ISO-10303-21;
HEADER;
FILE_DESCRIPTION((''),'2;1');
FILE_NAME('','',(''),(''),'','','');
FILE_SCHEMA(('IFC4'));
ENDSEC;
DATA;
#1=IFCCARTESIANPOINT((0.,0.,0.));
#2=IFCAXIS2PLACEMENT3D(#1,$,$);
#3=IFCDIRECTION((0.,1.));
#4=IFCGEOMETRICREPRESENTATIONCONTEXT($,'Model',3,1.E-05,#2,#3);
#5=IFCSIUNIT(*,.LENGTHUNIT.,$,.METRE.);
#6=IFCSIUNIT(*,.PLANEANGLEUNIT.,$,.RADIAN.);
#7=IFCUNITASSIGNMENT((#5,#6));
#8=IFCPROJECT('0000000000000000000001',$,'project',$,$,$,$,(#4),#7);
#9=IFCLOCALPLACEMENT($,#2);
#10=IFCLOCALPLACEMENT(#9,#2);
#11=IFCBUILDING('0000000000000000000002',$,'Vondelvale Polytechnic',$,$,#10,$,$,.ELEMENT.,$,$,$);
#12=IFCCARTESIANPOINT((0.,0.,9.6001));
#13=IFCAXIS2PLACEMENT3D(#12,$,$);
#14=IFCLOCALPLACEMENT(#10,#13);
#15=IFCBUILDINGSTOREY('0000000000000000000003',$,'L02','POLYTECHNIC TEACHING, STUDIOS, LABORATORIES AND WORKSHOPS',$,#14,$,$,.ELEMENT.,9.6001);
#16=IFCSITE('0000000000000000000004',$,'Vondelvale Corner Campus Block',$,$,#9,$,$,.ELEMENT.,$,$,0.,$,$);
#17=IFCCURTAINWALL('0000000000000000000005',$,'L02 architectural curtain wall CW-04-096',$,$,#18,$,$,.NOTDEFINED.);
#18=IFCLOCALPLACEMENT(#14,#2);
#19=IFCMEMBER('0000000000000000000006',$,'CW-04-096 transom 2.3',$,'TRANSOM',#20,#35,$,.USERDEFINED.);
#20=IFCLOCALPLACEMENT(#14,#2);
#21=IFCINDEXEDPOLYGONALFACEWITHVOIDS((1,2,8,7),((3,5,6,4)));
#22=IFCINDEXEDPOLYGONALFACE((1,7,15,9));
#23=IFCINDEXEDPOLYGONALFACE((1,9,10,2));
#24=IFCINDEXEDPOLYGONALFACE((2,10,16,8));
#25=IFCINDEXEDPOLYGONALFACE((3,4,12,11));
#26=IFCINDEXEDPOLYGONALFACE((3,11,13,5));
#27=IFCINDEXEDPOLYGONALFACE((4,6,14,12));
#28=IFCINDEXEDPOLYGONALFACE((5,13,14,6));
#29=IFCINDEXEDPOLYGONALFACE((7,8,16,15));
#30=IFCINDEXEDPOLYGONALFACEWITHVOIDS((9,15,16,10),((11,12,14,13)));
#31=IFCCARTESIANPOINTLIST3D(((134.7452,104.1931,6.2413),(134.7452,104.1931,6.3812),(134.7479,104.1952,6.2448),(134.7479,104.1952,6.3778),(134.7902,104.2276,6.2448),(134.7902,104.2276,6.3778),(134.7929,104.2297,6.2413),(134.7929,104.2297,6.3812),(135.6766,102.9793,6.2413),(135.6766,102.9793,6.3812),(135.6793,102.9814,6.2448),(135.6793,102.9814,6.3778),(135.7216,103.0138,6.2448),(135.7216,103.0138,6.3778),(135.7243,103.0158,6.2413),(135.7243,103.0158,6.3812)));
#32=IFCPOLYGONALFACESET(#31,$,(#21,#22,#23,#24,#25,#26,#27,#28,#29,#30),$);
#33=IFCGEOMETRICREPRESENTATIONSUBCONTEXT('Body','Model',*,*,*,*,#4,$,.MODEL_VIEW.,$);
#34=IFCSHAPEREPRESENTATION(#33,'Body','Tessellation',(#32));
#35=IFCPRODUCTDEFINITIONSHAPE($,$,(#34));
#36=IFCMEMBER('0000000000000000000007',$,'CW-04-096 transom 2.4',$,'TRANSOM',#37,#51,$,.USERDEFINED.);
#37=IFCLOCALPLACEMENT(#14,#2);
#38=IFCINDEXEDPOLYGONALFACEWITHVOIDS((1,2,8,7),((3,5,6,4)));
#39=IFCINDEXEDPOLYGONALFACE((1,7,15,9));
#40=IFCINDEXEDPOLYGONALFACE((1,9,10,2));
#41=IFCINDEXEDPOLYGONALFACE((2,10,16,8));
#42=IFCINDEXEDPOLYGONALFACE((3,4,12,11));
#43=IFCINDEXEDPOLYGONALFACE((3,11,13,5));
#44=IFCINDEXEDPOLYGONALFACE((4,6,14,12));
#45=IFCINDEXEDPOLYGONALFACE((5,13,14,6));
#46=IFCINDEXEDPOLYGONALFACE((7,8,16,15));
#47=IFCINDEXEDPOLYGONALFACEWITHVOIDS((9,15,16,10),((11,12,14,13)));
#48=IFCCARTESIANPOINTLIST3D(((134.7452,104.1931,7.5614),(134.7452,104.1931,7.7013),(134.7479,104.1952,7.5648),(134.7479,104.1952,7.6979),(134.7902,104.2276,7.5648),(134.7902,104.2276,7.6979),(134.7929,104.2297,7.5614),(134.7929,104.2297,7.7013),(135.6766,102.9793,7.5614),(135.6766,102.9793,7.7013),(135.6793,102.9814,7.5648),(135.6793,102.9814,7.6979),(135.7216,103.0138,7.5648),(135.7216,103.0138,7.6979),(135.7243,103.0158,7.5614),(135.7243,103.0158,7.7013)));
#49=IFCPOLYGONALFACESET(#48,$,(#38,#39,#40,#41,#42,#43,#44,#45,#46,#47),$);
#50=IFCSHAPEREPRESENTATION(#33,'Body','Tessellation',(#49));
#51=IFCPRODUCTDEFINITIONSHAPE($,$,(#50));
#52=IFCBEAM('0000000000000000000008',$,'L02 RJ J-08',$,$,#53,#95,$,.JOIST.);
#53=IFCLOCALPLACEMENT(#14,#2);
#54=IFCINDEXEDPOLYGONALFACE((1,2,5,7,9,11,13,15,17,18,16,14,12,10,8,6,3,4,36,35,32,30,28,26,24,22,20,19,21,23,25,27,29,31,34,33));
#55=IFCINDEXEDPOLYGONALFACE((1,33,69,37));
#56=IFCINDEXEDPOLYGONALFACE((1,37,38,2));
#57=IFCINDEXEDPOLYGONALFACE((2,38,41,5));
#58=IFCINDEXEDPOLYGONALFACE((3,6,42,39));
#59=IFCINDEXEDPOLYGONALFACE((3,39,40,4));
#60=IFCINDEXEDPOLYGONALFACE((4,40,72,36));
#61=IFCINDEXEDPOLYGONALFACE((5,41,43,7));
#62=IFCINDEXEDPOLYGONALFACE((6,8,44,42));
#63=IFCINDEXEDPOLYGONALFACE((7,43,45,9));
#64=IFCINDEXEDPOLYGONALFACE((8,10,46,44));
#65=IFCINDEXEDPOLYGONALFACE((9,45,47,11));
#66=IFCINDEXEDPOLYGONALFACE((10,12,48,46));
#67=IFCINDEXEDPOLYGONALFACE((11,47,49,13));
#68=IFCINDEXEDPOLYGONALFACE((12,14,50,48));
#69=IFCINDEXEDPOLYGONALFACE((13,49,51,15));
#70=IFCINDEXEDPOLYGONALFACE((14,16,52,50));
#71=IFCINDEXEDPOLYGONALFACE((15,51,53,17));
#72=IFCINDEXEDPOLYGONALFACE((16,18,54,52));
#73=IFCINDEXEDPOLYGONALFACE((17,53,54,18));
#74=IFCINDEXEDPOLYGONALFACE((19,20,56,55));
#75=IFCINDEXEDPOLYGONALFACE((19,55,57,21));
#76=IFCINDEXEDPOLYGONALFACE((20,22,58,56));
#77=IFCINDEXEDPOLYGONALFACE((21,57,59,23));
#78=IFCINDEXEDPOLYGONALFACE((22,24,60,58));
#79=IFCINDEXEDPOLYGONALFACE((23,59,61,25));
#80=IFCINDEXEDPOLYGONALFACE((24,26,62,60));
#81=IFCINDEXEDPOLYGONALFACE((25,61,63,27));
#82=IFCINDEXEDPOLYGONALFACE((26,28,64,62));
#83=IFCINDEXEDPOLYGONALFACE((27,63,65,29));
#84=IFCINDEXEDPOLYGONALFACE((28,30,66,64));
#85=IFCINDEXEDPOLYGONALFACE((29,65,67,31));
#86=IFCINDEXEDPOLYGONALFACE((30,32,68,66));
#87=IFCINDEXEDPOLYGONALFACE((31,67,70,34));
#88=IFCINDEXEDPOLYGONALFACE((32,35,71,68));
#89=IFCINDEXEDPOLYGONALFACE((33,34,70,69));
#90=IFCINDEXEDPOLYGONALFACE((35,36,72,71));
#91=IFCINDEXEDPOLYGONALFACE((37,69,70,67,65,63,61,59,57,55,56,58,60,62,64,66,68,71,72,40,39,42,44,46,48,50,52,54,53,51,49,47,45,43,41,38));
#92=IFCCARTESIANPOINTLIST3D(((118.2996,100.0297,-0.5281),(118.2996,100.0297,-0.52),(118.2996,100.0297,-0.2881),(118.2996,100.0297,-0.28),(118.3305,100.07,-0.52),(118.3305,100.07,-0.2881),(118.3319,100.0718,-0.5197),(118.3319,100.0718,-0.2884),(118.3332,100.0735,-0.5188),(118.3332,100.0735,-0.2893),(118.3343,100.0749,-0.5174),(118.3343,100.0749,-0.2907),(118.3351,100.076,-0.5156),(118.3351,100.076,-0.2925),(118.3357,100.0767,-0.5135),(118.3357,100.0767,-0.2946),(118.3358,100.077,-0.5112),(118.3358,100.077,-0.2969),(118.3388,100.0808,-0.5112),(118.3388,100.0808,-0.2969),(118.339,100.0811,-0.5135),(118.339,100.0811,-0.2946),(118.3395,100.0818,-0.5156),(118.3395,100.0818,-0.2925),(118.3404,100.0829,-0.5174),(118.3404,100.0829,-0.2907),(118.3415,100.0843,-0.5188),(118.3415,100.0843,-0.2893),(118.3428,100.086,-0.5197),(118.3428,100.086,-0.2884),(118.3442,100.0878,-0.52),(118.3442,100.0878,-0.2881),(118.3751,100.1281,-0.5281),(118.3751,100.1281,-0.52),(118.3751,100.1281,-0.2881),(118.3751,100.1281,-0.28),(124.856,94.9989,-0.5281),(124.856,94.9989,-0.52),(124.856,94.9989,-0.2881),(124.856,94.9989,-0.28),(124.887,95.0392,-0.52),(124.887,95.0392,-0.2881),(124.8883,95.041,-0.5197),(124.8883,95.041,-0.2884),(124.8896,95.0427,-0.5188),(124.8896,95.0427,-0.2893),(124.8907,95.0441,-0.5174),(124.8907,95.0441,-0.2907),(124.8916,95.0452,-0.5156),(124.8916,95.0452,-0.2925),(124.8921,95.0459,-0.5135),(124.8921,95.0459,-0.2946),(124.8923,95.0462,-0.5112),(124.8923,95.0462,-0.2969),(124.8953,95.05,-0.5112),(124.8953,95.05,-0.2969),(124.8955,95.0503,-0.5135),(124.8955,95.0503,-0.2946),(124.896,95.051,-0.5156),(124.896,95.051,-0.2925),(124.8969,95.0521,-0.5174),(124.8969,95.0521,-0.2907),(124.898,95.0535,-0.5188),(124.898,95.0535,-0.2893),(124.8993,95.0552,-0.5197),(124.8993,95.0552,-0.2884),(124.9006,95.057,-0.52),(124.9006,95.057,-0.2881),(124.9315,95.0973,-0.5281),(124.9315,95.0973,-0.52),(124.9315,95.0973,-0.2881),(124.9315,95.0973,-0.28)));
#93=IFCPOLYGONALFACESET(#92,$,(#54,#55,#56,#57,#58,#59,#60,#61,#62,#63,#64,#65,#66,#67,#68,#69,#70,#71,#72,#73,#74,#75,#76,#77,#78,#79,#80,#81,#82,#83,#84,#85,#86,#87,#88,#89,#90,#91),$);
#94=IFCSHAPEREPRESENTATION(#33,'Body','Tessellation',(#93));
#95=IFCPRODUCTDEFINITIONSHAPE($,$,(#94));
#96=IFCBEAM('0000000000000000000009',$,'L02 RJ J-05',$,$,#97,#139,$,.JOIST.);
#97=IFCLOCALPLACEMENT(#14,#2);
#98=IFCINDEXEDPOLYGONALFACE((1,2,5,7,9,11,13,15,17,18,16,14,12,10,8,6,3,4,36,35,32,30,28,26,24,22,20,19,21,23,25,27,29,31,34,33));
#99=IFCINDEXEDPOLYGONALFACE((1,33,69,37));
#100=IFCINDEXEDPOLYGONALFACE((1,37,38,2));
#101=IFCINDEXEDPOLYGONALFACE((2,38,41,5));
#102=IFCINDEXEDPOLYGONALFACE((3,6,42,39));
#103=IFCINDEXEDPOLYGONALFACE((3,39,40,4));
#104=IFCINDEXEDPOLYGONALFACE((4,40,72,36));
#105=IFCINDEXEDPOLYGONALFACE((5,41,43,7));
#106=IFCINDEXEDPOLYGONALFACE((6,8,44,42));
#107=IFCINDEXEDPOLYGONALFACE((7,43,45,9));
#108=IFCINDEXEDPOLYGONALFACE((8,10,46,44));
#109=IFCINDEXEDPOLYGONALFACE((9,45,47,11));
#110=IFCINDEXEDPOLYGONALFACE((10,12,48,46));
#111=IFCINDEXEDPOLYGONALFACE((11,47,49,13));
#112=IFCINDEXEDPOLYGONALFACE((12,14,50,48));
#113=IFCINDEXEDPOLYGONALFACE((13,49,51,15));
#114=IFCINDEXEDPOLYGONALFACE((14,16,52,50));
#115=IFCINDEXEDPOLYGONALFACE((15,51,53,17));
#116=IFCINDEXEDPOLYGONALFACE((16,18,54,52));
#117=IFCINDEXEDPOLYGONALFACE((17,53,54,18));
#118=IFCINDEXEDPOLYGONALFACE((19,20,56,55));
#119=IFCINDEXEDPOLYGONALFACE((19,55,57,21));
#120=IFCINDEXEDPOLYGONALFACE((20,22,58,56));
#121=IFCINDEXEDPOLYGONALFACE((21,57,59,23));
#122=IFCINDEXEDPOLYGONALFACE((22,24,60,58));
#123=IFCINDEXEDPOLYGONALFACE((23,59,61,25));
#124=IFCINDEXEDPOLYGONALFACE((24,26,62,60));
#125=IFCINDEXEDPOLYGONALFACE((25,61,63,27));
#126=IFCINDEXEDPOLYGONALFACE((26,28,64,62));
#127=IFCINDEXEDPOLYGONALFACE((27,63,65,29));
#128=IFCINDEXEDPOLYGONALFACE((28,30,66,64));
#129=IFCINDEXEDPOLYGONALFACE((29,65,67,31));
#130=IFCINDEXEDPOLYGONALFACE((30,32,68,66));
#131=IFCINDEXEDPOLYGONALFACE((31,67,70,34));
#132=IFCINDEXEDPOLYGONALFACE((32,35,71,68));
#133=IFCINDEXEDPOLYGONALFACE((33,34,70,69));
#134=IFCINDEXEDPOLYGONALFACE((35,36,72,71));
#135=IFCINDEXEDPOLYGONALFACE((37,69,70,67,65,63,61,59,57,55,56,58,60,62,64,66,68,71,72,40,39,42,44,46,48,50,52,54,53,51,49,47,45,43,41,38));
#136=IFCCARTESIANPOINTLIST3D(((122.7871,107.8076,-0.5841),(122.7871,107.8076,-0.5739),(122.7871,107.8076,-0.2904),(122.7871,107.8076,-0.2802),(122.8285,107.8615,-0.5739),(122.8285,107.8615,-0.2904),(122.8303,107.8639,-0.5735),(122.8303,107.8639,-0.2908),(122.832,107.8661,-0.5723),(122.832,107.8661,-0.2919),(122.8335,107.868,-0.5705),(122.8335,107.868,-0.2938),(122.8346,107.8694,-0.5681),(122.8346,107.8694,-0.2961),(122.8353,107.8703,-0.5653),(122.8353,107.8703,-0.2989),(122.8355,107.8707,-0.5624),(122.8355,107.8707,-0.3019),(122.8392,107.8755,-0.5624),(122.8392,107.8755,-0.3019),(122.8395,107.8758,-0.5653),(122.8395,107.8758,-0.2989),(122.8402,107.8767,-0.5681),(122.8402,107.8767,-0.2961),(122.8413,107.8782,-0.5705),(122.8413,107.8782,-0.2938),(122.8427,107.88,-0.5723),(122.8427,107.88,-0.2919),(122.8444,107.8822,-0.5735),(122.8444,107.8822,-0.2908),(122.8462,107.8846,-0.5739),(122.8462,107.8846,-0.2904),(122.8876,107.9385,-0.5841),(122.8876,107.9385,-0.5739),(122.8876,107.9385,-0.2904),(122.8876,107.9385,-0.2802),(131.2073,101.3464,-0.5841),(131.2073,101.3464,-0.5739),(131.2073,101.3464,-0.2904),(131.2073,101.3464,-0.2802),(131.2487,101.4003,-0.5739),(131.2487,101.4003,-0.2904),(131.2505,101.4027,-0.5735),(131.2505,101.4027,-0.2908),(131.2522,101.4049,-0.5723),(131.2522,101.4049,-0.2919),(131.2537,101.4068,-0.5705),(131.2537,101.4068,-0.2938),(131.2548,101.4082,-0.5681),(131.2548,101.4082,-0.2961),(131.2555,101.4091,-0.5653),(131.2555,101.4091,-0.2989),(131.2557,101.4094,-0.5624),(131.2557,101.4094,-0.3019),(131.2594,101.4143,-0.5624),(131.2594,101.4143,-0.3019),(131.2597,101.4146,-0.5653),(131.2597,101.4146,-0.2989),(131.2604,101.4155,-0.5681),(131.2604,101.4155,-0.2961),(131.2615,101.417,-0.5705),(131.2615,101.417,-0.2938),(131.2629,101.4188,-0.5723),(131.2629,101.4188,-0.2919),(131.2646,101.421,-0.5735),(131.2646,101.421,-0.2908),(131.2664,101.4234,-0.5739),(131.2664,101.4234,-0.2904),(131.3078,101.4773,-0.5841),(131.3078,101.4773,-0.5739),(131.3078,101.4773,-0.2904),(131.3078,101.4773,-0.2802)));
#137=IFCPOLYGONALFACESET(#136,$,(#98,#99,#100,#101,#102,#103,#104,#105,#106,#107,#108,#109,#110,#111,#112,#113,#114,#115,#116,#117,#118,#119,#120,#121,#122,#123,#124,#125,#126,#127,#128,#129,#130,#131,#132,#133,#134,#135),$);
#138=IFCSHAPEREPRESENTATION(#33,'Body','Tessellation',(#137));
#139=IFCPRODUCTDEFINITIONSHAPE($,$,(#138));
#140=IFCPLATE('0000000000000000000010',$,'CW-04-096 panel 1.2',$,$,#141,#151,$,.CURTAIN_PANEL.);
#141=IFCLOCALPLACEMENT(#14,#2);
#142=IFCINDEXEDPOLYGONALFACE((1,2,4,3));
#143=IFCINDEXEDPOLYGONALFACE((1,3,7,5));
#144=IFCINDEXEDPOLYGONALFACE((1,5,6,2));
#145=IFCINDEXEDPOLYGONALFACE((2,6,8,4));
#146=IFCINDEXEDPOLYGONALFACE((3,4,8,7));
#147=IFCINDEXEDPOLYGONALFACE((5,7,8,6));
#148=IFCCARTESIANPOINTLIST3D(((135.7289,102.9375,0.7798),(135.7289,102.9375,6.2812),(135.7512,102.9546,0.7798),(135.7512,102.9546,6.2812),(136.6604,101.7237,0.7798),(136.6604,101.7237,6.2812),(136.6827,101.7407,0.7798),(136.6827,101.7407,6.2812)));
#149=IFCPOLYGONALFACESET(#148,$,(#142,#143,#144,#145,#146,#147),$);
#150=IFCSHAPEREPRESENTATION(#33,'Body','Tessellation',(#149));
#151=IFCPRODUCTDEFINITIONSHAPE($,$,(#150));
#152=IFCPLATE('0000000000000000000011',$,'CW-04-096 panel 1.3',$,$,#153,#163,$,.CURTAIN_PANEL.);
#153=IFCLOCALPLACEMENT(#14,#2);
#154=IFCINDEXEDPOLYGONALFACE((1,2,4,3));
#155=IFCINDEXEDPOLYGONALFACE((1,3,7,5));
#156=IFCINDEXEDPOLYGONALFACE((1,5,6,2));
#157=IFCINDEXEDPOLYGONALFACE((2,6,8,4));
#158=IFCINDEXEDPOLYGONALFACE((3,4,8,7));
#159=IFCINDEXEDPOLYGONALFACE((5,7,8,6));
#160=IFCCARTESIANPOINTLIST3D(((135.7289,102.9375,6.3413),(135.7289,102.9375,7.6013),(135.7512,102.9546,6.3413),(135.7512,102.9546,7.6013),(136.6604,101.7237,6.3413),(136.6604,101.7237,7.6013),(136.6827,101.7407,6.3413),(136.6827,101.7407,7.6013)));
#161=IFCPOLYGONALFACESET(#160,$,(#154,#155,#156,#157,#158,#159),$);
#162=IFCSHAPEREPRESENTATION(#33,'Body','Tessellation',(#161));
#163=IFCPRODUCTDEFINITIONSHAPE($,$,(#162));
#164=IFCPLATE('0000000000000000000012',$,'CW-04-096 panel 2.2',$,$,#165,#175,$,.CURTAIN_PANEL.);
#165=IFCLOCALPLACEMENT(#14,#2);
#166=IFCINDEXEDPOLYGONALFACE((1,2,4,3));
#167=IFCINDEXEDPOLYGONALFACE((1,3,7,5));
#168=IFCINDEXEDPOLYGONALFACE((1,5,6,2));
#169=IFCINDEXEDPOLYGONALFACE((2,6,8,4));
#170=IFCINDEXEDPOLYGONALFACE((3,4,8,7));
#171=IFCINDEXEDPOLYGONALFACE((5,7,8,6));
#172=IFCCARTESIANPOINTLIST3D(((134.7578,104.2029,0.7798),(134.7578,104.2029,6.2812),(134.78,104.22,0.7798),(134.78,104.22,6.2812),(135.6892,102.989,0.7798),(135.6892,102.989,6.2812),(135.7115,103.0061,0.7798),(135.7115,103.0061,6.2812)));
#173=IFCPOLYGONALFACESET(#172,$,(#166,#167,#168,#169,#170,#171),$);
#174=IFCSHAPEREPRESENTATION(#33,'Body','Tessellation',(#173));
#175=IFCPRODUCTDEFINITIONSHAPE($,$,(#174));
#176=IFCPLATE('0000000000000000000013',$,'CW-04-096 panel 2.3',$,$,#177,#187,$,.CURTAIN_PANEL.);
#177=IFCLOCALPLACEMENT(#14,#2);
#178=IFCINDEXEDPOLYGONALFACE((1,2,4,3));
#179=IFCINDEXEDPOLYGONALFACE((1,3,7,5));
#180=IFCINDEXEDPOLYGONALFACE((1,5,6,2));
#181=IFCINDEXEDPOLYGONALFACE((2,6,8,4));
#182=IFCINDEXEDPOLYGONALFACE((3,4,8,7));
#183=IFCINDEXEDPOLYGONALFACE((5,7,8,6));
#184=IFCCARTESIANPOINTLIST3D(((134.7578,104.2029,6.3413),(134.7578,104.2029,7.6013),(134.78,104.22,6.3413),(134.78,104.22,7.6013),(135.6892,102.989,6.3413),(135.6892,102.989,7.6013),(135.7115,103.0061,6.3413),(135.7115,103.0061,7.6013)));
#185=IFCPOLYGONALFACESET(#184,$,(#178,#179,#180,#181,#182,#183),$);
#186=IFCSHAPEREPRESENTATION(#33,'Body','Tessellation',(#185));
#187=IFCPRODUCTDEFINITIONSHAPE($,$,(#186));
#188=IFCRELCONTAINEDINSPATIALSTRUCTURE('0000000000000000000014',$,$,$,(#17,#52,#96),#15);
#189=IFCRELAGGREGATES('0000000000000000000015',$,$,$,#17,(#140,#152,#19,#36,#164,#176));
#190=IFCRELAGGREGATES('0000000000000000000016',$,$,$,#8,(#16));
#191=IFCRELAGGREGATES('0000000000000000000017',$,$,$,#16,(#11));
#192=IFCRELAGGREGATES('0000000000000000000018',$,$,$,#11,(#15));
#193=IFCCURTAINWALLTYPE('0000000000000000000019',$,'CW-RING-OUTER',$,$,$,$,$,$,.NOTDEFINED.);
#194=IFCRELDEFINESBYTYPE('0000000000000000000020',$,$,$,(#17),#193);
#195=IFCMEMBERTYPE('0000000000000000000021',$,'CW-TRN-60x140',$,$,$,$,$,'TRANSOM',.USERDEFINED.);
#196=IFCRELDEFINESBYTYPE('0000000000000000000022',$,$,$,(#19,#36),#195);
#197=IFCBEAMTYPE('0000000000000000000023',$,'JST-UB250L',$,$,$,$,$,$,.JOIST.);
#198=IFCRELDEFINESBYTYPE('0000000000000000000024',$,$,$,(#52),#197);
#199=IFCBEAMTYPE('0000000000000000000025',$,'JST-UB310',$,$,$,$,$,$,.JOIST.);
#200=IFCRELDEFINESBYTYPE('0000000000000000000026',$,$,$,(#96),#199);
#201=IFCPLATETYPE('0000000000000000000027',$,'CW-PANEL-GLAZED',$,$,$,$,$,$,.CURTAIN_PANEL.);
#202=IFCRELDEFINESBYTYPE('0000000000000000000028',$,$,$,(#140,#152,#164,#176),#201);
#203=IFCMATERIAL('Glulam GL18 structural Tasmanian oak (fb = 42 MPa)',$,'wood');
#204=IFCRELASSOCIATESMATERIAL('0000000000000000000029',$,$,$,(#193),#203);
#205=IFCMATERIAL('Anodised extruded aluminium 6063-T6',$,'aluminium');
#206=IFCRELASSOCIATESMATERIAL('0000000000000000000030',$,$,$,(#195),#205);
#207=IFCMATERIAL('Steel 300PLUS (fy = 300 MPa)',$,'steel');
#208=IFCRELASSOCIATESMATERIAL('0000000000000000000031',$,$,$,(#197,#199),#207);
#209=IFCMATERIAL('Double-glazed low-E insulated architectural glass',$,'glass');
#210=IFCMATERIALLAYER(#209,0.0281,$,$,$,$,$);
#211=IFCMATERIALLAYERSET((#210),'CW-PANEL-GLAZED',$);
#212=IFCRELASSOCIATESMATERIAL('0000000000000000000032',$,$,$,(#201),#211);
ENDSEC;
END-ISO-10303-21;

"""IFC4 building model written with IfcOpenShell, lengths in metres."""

from ifc_helpers import new_model, si_unit, direction, frame, origin, origin_2d, place, context, subcontext, project, spatial, rectangle, hollow_rectangle, i_section, extrude, material, layer, layer_set, material_profile, profile_set, type_object, element, aggregate, save


model = new_model("IFC4")

# Units and contexts
model_context = context("Model", 3, precision=1e-05, world=origin(), true_north=direction((0.0, 1.0)))
body_context = subcontext(model_context, "Body", "Model", "MODEL_VIEW")
ifc_project = project(units=[si_unit("LENGTHUNIT", "METRE"), si_unit("PLANEANGLEUNIT", "RADIAN")], contexts=[model_context])

# Site, building, storey
site_placement = place(None, origin())
site = spatial("IfcSite", under=ifc_project, at=site_placement, Name="Vondelvale Corner Campus Block", CompositionType="ELEMENT", RefElevation=0.0)
building_placement = place(site_placement, origin())
building = spatial("IfcBuilding", under=site, at=building_placement, Name="Vondelvale Polytechnic", CompositionType="ELEMENT")
storey_placement = place(building_placement, frame((0.0, 0.0, 9.6001)))
storey = spatial("IfcBuildingStorey", under=building, at=storey_placement, Name="L02", Description="POLYTECHNIC TEACHING, STUDIOS, LABORATORIES AND WORKSHOPS", CompositionType="ELEMENT", Elevation=9.6001)

# Shared definitions
ifc_material_1 = material(Name="Steel 300PLUS (fy = 300 MPa)", Category="steel")

# Curtain wall
ifc_material_2 = material(Name="Glulam GL18 structural Tasmanian oak (fb = 42 MPa)", Category="wood")
curtain_wall_type = type_object("IfcCurtainWallType", Name="CW-RING-OUTER", PredefinedType="NOTDEFINED", material=ifc_material_2)
curtain_wall_1_placement = place(storey_placement, origin())
curtain_wall_1 = element("IfcCurtainWall", 1, at=curtain_wall_1_placement, inside=storey, type_object=curtain_wall_type, Name="L02 architectural curtain wall CW-04-096", PredefinedType="NOTDEFINED")
ifc_material_3 = material(Name="Anodised extruded aluminium 6063-T6", Category="aluminium")

# Members
ifc_material_profile_1 = material_profile(ifc_material_3, hollow_rectangle(XDim=0.0601, YDim=0.1399, WallThickness=0.0034, at=origin_2d()), Name="CW-TRN-140x60")
ifc_profile_set_1 = profile_set([ifc_material_profile_1], Name="Anodised extruded aluminium 6063-T6")
member_type_1 = type_object("IfcMemberType", Name="CW-TRN-60x140", ElementType="TRANSOM", PredefinedType="USERDEFINED", material=ifc_profile_set_1)
member_1_placement = place(storey_placement, frame((135.7004, 102.9976, 6.3113), z_axis=(-0.608746, 0.793365, 0.0), x_axis=(-0.793365, -0.608746, 0.0)))
member_1 = element("IfcMember", 2, at=member_1_placement, type_object=member_type_1, Name="CW-04-096 transom 2.3", ObjectType="TRANSOM", PredefinedType="USERDEFINED", context=body_context, shape_type="SweptSolid", body=[
    extrude(hollow_rectangle(XDim=0.0601, YDim=0.1399, WallThickness=0.0034, at=origin_2d()), origin(), (0.0, 0.0, 1.0), 1.53),
])
member_2_placement = place(storey_placement, frame((135.7004, 102.9976, 7.6313), z_axis=(-0.608746, 0.793365, 0.0), x_axis=(-0.793365, -0.608746, 0.0)))
member_2 = element("IfcMember", 3, at=member_2_placement, type_object=member_type_1, Name="CW-04-096 transom 2.4", ObjectType="TRANSOM", PredefinedType="USERDEFINED", context=body_context, shape_type="SweptSolid", body=[
    extrude(hollow_rectangle(XDim=0.0601, YDim=0.1399, WallThickness=0.0034, at=origin_2d()), origin(), (0.0, 0.0, 1.0), 1.53),
])

# Beams
ifc_material_profile_2 = material_profile(ifc_material_1, i_section(OverallWidth=0.124, OverallDepth=0.248, WebThickness=0.0049, FlangeThickness=0.0081, FilletRadius=0.0088, at=origin_2d()), Name="250UB25.7")
ifc_profile_set_2 = profile_set([ifc_material_profile_2], Name="Steel 300PLUS (fy = 300 MPa)")
beam_type_1 = type_object("IfcBeamType", Name="JST-UB250L", PredefinedType="JOIST", material=ifc_profile_set_2)
beam_1_placement = place(storey_placement, frame((124.8938, 95.0481, -0.4041), z_axis=(-0.793361, 0.608751, 0.0), x_axis=(-0.608751, -0.793361, 0.0)))
element("IfcBeam", 4, at=beam_1_placement, inside=storey, type_object=beam_type_1, Name="L02 RJ J-08", PredefinedType="JOIST", context=body_context, shape_type="SweptSolid", body=[
    extrude(i_section(OverallWidth=0.124, OverallDepth=0.248, WebThickness=0.0049, FlangeThickness=0.0081, FilletRadius=0.0088, at=origin_2d()), origin(), (0.0, 0.0, 1.0), 8.2642),
])
ifc_material_profile_3 = material_profile(ifc_material_1, i_section(OverallWidth=0.165, OverallDepth=0.304, WebThickness=0.0061, FlangeThickness=0.0103, FilletRadius=0.0115, at=origin_2d()), Name="310UB40.4")
ifc_profile_set_3 = profile_set([ifc_material_profile_3], Name="Steel 300PLUS (fy = 300 MPa)")
beam_type_2 = type_object("IfcBeamType", Name="JST-UB310", PredefinedType="JOIST", material=ifc_profile_set_3)
beam_2_placement = place(storey_placement, frame((131.2576, 101.4119, -0.4321), z_axis=(-0.793346, 0.608771, 0.0), x_axis=(-0.608771, -0.793346, 0.0)))
element("IfcBeam", 5, at=beam_2_placement, inside=storey, type_object=beam_type_2, Name="L02 RJ J-05", PredefinedType="JOIST", context=body_context, shape_type="SweptSolid", body=[
    extrude(i_section(OverallWidth=0.165, OverallDepth=0.304, WebThickness=0.0061, FlangeThickness=0.0103, FilletRadius=0.0115, at=origin_2d()), origin(), (0.0, 0.0, 1.0), 10.6135),
])

# Plates
ifc_material_4 = material(Name="Double-glazed low-E insulated architectural glass", Category="glass")
ifc_layer_1 = layer(ifc_material_4, 0.0281)
ifc_layer_set_1 = layer_set([ifc_layer_1], Name="CW-PANEL-GLAZED")
plate_type_1 = type_object("IfcPlateType", Name="CW-PANEL-GLAZED", PredefinedType="CURTAIN_PANEL", material=ifc_layer_set_1)
plate_1_placement = place(storey_placement, frame((136.2058, 102.3391, 0.7798), z_axis=(0.0, 0.0, 1.0), x_axis=(-0.608787, 0.793334, 0.0)))
plate_1 = element("IfcPlate", 6, at=plate_1_placement, type_object=plate_type_1, Name="CW-04-096 panel 1.2", PredefinedType="CURTAIN_PANEL", context=body_context, shape_type="SweptSolid", body=[
    extrude(rectangle(XDim=1.53, YDim=0.0281, at=origin_2d()), origin(), (0.0, 0.0, 1.0), 5.5015),
])
plate_2_placement = place(storey_placement, frame((136.2058, 102.3391, 6.3413), z_axis=(0.0, 0.0, 1.0), x_axis=(-0.608787, 0.793334, 0.0)))
plate_2 = element("IfcPlate", 7, at=plate_2_placement, type_object=plate_type_1, Name="CW-04-096 panel 1.3", PredefinedType="CURTAIN_PANEL", context=body_context, shape_type="SweptSolid", body=[
    extrude(rectangle(XDim=1.53, YDim=0.0281, at=origin_2d()), origin(), (0.0, 0.0, 1.0), 1.26),
])
plate_3_placement = place(storey_placement, frame((135.2346, 103.6045, 0.7798), z_axis=(0.0, 0.0, 1.0), x_axis=(-0.608787, 0.793334, 0.0)))
plate_3 = element("IfcPlate", 8, at=plate_3_placement, type_object=plate_type_1, Name="CW-04-096 panel 2.2", PredefinedType="CURTAIN_PANEL", context=body_context, shape_type="SweptSolid", body=[
    extrude(rectangle(XDim=1.53, YDim=0.0281, at=origin_2d()), origin(), (0.0, 0.0, 1.0), 5.5015),
])
plate_4_placement = place(storey_placement, frame((135.2346, 103.6045, 6.3413), z_axis=(0.0, 0.0, 1.0), x_axis=(-0.608787, 0.793334, 0.0)))
plate_4 = element("IfcPlate", 9, at=plate_4_placement, type_object=plate_type_1, Name="CW-04-096 panel 2.3", PredefinedType="CURTAIN_PANEL", context=body_context, shape_type="SweptSolid", body=[
    extrude(rectangle(XDim=1.53, YDim=0.0281, at=origin_2d()), origin(), (0.0, 0.0, 1.0), 1.26),
])
aggregate(curtain_wall_1, [plate_1, plate_2, member_1, member_2, plate_3, plate_4])

save(model, "model.ifc")
